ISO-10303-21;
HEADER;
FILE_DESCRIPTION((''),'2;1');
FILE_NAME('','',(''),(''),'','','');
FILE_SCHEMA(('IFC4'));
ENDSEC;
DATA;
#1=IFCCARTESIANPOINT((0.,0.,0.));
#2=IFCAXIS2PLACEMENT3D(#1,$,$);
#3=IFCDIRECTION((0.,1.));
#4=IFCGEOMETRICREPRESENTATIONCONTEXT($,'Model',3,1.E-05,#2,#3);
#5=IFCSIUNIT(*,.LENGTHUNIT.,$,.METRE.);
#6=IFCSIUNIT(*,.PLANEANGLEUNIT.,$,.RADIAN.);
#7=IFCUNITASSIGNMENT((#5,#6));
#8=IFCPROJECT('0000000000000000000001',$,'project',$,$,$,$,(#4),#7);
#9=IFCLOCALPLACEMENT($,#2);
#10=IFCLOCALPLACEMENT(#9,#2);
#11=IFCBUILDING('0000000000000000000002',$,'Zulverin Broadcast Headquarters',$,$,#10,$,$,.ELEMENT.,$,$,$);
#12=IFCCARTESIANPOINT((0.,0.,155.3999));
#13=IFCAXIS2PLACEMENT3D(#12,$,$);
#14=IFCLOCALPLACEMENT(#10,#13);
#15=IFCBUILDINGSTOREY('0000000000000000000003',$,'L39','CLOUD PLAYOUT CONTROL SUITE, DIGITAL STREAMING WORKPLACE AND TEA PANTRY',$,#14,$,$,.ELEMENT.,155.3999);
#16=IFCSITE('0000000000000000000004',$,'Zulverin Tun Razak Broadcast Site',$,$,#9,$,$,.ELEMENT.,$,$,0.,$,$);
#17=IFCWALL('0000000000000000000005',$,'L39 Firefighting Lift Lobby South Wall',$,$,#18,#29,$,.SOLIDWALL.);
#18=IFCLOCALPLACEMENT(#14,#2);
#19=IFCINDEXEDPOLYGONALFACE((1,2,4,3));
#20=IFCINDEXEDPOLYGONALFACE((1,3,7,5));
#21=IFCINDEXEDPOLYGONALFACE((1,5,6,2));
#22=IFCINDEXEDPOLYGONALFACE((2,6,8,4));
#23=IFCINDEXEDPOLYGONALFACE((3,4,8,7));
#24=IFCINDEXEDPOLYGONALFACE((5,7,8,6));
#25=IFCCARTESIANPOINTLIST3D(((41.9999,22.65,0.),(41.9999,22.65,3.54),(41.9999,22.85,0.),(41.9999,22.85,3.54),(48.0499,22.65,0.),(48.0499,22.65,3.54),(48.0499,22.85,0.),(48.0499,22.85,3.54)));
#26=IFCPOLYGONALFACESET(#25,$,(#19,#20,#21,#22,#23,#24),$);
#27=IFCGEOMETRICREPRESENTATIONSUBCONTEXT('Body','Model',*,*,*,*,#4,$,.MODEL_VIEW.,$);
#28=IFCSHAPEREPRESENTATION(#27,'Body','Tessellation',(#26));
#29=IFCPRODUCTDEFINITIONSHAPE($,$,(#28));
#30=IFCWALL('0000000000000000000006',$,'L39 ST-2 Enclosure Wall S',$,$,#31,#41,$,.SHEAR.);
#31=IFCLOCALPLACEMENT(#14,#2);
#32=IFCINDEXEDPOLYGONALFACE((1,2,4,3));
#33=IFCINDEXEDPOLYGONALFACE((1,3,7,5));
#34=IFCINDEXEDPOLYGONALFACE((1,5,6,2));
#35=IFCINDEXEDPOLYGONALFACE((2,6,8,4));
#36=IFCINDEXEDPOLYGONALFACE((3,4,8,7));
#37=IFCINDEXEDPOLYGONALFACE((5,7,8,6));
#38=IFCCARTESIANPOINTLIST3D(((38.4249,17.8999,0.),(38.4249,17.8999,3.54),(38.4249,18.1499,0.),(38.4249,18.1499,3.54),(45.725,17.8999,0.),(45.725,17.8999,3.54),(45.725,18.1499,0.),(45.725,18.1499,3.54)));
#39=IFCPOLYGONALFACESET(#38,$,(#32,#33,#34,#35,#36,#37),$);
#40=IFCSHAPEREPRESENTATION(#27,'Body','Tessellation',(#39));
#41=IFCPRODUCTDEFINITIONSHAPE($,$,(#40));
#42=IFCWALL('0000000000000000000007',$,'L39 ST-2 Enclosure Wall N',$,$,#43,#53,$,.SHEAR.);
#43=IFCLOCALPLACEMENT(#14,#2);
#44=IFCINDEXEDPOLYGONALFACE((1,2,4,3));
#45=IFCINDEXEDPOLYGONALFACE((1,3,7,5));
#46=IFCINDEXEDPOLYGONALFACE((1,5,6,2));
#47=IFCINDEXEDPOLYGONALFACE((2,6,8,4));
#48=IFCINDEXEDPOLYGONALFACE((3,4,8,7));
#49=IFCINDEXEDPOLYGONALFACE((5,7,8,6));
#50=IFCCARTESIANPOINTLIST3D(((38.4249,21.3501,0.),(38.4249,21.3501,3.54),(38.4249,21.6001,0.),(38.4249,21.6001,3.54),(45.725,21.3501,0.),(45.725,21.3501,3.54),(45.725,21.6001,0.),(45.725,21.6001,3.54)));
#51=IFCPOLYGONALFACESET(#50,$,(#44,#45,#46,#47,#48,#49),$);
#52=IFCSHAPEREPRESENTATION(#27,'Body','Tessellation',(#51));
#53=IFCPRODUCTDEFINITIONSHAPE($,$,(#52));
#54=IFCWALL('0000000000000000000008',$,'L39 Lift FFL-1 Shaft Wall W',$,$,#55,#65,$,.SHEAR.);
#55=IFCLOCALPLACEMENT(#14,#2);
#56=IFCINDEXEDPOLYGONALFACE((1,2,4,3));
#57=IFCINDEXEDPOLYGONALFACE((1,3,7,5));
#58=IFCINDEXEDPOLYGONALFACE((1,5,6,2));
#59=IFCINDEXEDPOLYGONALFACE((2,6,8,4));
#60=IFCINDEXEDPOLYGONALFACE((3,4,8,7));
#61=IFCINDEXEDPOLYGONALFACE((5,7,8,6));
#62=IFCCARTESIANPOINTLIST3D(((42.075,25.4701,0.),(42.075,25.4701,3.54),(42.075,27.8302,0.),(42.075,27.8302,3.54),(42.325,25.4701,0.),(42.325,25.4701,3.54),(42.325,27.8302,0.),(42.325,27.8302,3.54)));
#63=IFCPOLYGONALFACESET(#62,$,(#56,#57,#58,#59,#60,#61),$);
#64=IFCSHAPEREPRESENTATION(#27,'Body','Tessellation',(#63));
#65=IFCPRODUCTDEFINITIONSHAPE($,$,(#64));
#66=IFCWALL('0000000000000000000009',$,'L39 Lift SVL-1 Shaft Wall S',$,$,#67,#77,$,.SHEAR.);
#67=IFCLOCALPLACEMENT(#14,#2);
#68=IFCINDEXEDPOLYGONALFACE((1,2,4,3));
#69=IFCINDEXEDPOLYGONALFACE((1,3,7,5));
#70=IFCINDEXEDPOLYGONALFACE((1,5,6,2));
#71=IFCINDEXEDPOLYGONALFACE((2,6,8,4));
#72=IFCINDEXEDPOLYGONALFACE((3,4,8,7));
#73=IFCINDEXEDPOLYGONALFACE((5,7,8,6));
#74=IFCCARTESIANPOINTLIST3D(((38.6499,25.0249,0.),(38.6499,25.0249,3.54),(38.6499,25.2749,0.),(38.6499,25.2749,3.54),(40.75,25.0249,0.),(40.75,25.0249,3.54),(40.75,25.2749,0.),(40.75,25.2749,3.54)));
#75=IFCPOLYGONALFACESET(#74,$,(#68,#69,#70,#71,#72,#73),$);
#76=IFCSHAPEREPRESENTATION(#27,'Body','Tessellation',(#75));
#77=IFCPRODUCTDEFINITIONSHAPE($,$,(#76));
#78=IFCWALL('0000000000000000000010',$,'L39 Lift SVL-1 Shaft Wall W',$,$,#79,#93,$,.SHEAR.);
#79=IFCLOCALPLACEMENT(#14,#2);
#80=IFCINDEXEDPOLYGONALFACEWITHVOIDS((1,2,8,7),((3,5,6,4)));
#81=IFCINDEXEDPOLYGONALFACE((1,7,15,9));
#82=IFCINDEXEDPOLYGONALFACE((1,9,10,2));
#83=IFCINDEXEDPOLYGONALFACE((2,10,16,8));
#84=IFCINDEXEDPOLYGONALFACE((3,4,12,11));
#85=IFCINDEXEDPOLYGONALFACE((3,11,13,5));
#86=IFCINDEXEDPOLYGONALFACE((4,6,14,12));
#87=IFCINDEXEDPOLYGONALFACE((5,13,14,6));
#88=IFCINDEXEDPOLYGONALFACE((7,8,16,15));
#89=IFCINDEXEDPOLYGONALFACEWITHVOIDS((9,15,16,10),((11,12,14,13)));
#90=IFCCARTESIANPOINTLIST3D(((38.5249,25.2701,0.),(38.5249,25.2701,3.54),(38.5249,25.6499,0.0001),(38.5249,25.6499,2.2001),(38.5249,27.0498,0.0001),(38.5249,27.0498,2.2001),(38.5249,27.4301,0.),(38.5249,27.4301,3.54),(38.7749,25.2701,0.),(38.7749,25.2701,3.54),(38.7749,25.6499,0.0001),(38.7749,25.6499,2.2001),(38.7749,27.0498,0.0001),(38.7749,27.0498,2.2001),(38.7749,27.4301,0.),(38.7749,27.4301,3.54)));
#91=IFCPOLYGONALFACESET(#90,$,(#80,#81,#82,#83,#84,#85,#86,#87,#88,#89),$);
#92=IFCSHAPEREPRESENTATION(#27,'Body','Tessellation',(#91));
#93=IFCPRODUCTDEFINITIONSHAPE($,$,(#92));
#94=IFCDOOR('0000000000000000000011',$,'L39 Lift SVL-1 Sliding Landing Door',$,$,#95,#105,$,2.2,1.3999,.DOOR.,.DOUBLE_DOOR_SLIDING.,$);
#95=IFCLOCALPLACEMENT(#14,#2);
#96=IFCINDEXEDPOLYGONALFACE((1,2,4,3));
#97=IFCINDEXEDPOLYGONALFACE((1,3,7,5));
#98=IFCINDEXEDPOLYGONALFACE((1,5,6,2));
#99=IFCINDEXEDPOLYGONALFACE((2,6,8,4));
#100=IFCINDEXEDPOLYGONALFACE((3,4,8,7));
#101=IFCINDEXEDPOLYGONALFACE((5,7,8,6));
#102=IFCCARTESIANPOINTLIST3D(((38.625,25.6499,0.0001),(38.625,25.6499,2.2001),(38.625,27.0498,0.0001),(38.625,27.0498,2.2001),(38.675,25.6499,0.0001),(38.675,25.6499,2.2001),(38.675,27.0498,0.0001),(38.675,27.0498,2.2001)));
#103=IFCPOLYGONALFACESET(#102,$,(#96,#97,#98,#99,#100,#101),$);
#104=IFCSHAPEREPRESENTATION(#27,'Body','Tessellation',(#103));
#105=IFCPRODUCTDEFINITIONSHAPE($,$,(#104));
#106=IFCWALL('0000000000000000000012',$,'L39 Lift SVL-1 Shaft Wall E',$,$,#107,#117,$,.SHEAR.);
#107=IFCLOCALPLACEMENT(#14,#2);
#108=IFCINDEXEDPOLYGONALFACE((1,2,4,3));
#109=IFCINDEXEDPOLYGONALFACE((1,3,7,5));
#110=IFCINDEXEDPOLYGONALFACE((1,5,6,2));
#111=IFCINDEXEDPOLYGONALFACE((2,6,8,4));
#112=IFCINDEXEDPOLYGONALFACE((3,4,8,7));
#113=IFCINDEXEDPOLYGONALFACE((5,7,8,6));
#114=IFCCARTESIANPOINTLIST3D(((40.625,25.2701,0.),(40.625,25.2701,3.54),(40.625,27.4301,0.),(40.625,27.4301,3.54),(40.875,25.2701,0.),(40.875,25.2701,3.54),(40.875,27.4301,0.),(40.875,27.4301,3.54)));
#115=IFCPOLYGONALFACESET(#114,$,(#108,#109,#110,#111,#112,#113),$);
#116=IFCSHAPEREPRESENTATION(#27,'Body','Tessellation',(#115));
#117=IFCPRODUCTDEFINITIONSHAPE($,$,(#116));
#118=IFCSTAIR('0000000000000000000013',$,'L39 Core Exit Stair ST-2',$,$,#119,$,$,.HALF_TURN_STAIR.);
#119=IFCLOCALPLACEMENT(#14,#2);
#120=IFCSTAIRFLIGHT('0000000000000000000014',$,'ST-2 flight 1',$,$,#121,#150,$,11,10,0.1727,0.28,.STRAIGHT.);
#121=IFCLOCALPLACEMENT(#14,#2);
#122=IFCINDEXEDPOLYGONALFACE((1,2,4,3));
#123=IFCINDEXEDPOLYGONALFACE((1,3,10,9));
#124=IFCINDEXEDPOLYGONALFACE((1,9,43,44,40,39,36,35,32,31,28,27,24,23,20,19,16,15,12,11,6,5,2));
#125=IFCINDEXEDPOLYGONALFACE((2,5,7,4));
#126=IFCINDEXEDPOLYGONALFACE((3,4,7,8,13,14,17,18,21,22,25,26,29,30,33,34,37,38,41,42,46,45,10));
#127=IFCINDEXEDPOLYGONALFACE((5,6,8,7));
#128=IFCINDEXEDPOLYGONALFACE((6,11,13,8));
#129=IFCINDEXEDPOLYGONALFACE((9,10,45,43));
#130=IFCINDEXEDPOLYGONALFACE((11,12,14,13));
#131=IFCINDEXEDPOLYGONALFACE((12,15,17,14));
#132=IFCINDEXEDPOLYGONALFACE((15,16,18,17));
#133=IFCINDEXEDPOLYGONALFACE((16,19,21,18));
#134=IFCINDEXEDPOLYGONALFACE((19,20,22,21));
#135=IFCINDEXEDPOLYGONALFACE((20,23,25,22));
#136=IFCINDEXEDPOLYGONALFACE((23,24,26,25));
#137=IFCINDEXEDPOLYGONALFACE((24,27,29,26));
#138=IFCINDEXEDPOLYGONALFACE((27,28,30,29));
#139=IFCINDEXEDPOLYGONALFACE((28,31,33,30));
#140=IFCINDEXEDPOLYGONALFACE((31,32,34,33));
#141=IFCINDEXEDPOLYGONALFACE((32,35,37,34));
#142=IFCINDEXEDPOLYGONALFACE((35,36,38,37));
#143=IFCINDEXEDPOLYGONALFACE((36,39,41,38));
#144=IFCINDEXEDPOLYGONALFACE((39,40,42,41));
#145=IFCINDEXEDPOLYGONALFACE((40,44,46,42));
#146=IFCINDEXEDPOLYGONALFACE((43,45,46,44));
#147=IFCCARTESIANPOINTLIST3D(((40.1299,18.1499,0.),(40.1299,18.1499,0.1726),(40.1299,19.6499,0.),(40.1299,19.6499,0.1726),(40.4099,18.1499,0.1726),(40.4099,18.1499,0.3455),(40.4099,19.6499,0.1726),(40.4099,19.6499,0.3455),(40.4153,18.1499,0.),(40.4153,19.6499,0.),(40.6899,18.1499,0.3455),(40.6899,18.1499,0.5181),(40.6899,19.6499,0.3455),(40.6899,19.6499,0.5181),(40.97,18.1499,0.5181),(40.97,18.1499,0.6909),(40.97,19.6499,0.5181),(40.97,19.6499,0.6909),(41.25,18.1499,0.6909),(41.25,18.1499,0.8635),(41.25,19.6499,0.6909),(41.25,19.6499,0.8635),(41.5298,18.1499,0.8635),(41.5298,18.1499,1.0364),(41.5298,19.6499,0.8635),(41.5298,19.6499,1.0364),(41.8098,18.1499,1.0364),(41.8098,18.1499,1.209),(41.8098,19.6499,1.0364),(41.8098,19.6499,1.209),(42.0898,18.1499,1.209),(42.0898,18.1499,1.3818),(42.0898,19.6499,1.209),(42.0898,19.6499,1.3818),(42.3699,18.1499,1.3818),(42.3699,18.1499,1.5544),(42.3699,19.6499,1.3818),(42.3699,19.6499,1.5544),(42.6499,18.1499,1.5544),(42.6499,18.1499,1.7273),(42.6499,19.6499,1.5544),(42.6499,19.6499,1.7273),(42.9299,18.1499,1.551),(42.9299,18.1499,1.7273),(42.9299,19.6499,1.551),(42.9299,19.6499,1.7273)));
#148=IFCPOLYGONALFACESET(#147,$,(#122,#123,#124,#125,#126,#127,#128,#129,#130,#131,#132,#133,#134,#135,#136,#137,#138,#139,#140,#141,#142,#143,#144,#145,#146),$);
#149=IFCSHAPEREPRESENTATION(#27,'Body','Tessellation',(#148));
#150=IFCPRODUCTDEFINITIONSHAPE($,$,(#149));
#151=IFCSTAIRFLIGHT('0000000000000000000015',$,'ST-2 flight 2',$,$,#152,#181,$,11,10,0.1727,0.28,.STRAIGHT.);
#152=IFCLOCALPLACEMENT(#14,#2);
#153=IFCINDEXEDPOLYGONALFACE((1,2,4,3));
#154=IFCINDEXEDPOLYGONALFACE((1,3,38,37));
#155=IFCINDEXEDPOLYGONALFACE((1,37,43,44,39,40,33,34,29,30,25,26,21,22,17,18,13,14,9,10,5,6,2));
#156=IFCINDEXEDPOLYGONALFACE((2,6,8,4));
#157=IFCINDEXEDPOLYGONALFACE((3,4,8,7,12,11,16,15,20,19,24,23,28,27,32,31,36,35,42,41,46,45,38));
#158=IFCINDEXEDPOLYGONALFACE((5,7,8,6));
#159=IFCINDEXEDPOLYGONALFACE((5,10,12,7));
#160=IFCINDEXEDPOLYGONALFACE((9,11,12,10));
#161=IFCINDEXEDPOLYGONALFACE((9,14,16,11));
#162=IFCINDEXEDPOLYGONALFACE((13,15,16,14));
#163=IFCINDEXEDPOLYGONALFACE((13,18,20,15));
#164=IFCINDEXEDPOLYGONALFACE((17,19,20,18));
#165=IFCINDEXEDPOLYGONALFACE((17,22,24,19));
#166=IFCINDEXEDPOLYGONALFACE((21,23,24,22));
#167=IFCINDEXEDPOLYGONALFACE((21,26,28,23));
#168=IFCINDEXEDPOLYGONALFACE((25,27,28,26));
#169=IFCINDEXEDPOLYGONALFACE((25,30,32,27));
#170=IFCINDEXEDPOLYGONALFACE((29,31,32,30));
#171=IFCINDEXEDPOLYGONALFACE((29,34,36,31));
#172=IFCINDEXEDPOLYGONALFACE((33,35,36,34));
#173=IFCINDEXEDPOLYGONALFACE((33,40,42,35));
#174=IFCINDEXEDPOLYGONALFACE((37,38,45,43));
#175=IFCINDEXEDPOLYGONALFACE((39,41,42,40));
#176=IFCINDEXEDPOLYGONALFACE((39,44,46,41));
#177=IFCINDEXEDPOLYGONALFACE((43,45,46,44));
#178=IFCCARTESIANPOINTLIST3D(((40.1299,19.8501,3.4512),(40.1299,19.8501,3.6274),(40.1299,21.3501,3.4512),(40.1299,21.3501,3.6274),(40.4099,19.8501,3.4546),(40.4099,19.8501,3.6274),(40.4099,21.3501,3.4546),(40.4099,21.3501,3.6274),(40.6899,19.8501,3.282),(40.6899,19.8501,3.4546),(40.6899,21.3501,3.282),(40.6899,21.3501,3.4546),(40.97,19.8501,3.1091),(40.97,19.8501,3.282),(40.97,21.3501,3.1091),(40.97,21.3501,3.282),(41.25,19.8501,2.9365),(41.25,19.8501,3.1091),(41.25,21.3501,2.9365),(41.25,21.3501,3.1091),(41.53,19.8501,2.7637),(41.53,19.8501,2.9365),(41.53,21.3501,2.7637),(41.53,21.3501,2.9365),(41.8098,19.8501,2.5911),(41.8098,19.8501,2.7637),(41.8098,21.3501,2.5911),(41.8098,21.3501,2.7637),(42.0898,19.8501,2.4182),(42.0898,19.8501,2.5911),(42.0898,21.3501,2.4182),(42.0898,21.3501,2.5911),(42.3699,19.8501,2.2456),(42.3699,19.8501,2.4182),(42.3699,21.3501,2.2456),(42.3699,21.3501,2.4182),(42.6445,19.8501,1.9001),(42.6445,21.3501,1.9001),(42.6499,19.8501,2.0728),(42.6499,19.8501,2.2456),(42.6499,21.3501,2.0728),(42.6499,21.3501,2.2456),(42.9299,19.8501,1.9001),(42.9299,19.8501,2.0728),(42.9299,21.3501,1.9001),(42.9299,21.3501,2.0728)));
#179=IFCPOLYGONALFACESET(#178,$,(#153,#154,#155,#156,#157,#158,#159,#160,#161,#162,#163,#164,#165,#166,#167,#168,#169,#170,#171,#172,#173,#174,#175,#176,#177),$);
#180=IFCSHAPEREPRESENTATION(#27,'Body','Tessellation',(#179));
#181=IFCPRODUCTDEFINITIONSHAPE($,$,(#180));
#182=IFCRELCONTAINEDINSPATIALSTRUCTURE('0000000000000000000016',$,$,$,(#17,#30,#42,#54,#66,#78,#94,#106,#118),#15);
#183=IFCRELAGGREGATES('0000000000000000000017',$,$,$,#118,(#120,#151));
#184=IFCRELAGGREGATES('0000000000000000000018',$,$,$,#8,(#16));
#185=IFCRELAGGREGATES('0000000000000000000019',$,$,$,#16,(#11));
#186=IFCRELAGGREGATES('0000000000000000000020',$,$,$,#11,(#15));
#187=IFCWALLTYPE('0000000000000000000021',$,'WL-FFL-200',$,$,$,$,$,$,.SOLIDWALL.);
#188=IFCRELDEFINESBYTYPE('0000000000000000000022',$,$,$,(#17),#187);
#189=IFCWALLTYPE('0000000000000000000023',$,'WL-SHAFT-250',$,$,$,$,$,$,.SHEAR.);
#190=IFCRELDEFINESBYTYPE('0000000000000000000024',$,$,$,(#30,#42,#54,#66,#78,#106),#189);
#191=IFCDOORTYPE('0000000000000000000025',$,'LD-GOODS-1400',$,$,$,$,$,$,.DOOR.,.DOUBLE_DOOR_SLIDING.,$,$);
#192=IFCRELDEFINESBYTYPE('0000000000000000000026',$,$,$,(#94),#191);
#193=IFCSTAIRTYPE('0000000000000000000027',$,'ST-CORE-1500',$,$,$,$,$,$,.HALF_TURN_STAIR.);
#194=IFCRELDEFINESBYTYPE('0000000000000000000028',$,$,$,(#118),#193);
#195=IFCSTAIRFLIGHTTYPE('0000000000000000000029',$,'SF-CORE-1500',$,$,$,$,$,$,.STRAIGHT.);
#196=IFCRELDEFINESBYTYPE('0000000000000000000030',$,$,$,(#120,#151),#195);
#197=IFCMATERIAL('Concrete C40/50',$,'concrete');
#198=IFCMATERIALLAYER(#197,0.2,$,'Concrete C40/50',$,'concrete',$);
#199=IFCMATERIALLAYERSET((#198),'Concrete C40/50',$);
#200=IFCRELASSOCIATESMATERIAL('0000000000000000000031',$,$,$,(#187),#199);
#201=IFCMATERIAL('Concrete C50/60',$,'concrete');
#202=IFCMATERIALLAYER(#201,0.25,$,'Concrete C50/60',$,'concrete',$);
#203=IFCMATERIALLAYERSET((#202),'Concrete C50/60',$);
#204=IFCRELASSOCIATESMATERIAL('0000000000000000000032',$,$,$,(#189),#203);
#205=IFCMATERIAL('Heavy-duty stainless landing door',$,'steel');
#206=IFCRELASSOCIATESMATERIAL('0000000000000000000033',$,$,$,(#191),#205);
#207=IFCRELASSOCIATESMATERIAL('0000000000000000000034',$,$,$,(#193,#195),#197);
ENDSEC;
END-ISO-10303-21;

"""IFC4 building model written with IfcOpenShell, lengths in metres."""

from ifc_helpers import new_model, si_unit, direction, frame, frame_2d, origin, place, context, subcontext, project, spatial, polyline, rectangle, outline, extrude, material, layer, layer_set, type_object, element, fill, aggregate, save


model = new_model("IFC4")

# Units and contexts
model_context = context("Model", 3, precision=1e-05, world=origin(), true_north=direction((0.0, 1.0)))
body_context = subcontext(model_context, "Body", "Model", "MODEL_VIEW")
ifc_project = project(units=[si_unit("LENGTHUNIT", "METRE"), si_unit("PLANEANGLEUNIT", "RADIAN")], contexts=[model_context])

# Site, building, storey
site_placement = place(None, origin())
site = spatial("IfcSite", under=ifc_project, at=site_placement, Name="Zulverin Tun Razak Broadcast Site", CompositionType="ELEMENT", RefElevation=0.0)
building_placement = place(site_placement, origin())
building = spatial("IfcBuilding", under=site, at=building_placement, Name="Zulverin Broadcast Headquarters", CompositionType="ELEMENT")
storey_placement = place(building_placement, frame((0.0, 0.0, 155.3999)))
storey = spatial("IfcBuildingStorey", under=building, at=storey_placement, Name="L39", Description="CLOUD PLAYOUT CONTROL SUITE, DIGITAL STREAMING WORKPLACE AND TEA PANTRY", CompositionType="ELEMENT", Elevation=155.3999)

# Shared definitions
ifc_material_1 = material(Name="Concrete C40/50", Category="concrete")
ifc_layer_1 = layer(ifc_material_1, 0.2, Name="Concrete C40/50", Category="concrete")
ifc_layer_set_1 = layer_set([ifc_layer_1], Name="Concrete C40/50")
wall_type_1 = type_object("IfcWallType", Name="WL-FFL-200", PredefinedType="SOLIDWALL", material=ifc_layer_set_1)

# Walls
wall_1_placement = place(storey_placement, frame((42.0, 22.75, 0.0), z_axis=(0.0, 0.0, 1.0), x_axis=(1.0, 0.0, 0.0)))
element("IfcWall", 1, at=wall_1_placement, inside=storey, type_object=wall_type_1, Name="L39 Firefighting Lift Lobby South Wall", PredefinedType="SOLIDWALL", context=body_context, shape_type="SweptSolid", body=[
    extrude(rectangle(XDim=6.05, YDim=0.2, at=frame_2d((3.0249, 0.0))), origin(), (0.0, 0.0, 1.0), 3.54),
])
ifc_material_2 = material(Name="Concrete C50/60", Category="concrete")
ifc_layer_2 = layer(ifc_material_2, 0.25, Name="Concrete C50/60", Category="concrete")
ifc_layer_set_2 = layer_set([ifc_layer_2], Name="Concrete C50/60")
wall_type_2 = type_object("IfcWallType", Name="WL-SHAFT-250", PredefinedType="SHEAR", material=ifc_layer_set_2)
for number, where, z_axis, x_axis, name in (
    (2, (38.425, 18.0249, 0.0), (0.0, 0.0, 1.0), (1.0, 0.0, 0.0), "L39 ST-2 Enclosure Wall S"),
    (3, (38.425, 21.4751, 0.0), (0.0, 0.0, 1.0), (1.0, 0.0, 0.0), "L39 ST-2 Enclosure Wall N"),
):
    element("IfcWall", number, at=place(storey_placement, frame(where, z_axis=z_axis, x_axis=x_axis)), inside=storey, type_object=wall_type_2, Name=name, PredefinedType="SHEAR", context=body_context, shape_type="SweptSolid", body=[
        extrude(rectangle(XDim=7.3, YDim=0.25, at=frame_2d((3.6499, 0.0))), origin(), (0.0, 0.0, 1.0), 3.54),
    ])

# Walls
wall_2_placement = place(storey_placement, frame((42.2, 25.47, 0.0), z_axis=(0.0, 0.0, 1.0), x_axis=(0.0, 1.0, 0.0)))
element("IfcWall", 4, at=wall_2_placement, inside=storey, type_object=wall_type_2, Name="L39 Lift FFL-1 Shaft Wall W", PredefinedType="SHEAR", context=body_context, shape_type="SweptSolid", body=[
    extrude(rectangle(XDim=2.3601, YDim=0.25, at=frame_2d((1.1802, 0.0))), origin(), (0.0, 0.0, 1.0), 3.54),
])
wall_3_placement = place(storey_placement, frame((38.6499, 25.1499, 0.0), z_axis=(0.0, 0.0, 1.0), x_axis=(1.0, 0.0, 0.0)))
element("IfcWall", 5, at=wall_3_placement, inside=storey, type_object=wall_type_2, Name="L39 Lift SVL-1 Shaft Wall S", PredefinedType="SHEAR", context=body_context, shape_type="SweptSolid", body=[
    extrude(rectangle(XDim=2.1001, YDim=0.25, at=frame_2d((1.05, 0.0))), origin(), (0.0, 0.0, 1.0), 3.54),
])

# Wall, opening, door
wall_4_placement = place(storey_placement, frame((38.6499, 25.27, 0.0), z_axis=(0.0, 0.0, 1.0), x_axis=(0.0, 1.0, 0.0)))
wall_4 = element("IfcWall", 6, at=wall_4_placement, inside=storey, type_object=wall_type_2, Name="L39 Lift SVL-1 Shaft Wall W", PredefinedType="SHEAR", context=body_context, shape_type="SweptSolid", body=[
    extrude(rectangle(XDim=2.1599, YDim=0.25, at=frame_2d((1.0801, 0.0))), origin(), (0.0, 0.0, 1.0), 3.54),
])
opening_1_placement = place(wall_4_placement, frame((0.3799, 0.0, 0.0)))
opening_1 = element("IfcOpeningElement", 7, at=opening_1_placement, cuts=wall_4, PredefinedType="OPENING", context=body_context, shape_type="SweptSolid", body=[
    extrude(rectangle(XDim=1.3999, YDim=2.2, at=frame_2d((0.7, 1.1001))), frame((0.0, 0.135, 0.0), z_axis=(0.0, -1.0, 0.0), x_axis=(1.0, 0.0, 0.0)), (0.0, 0.0, 1.0), 0.27),
])
ifc_material_3 = material(Name="Heavy-duty stainless landing door", Category="steel")
door_type_1 = type_object("IfcDoorType", Name="LD-GOODS-1400", OperationType="DOUBLE_DOOR_SLIDING", PredefinedType="DOOR", material=ifc_material_3)
door_1_placement = place(opening_1_placement, origin())
door_1 = element("IfcDoor", 8, at=door_1_placement, inside=storey, type_object=door_type_1, Name="L39 Lift SVL-1 Sliding Landing Door", OperationType="DOUBLE_DOOR_SLIDING", OverallHeight=2.2, OverallWidth=1.3999, PredefinedType="DOOR", context=body_context, shape_type="SweptSolid", body=[
    extrude(rectangle(XDim=1.3999, YDim=2.2, at=frame_2d((0.7, 1.1001))), frame((0.0, 0.0249, 0.0), z_axis=(0.0, -1.0, 0.0), x_axis=(1.0, 0.0, 0.0)), (0.0, 0.0, 1.0), 0.05),
])
fill(opening_1, door_1)

# Wall
wall_5_placement = place(storey_placement, frame((40.75, 25.27, 0.0), z_axis=(0.0, 0.0, 1.0), x_axis=(0.0, 1.0, 0.0)))
element("IfcWall", 9, at=wall_5_placement, inside=storey, type_object=wall_type_2, Name="L39 Lift SVL-1 Shaft Wall E", PredefinedType="SHEAR", context=body_context, shape_type="SweptSolid", body=[
    extrude(rectangle(XDim=2.1599, YDim=0.25, at=frame_2d((1.0801, 0.0))), origin(), (0.0, 0.0, 1.0), 3.54),
])

# Stair, stair flights
stair_type = type_object("IfcStairType", Name="ST-CORE-1500", PredefinedType="HALF_TURN_STAIR", material=ifc_material_1)
stair_placement = place(storey_placement, origin())
stair = element("IfcStair", 10, at=stair_placement, inside=storey, type_object=stair_type, Name="L39 Core Exit Stair ST-2", PredefinedType="HALF_TURN_STAIR")
stair_flight_type = type_object("IfcStairFlightType", Name="SF-CORE-1500", PredefinedType="STRAIGHT", material=ifc_material_1)
stair_flight_1_placement = place(storey_placement, frame((40.1299, 18.8999, 0.0), z_axis=(0.0, 0.0, 1.0), x_axis=(1.0, 0.0, 0.0)))
stair_flight_1 = element("IfcStairFlight", 11, at=stair_flight_1_placement, type_object=stair_flight_type, Name="ST-2 flight 1", NumberOfRisers=11, NumberOfTreads=10, PredefinedType="STRAIGHT", RiserHeight=0.1727, TreadLength=0.28, context=body_context, shape_type="SweptSolid", body=[
    extrude(outline(polyline([(0.0, 0.0), (0.0, 0.1726), (0.28, 0.1726), (0.28, 0.3455), (0.5601, 0.3455), (0.5601, 0.5181), (0.8401, 0.5181), (0.8401, 0.6909), (1.1201, 0.6909), (1.1201, 0.8635), (1.3999, 0.8635), (1.3999, 1.0364), (1.6799, 1.0364), (1.6799, 1.209), (1.96, 1.209), (1.96, 1.3818), (2.24, 1.3818), (2.24, 1.5544), (2.52, 1.5544), (2.52, 1.7273), (2.8, 1.7273), (2.8, 1.8999), (2.8, 1.551), (0.2854, 0.0), (0.0, 0.0)])), frame((0.0, 0.75, 0.0), z_axis=(0.0, -1.0, 0.0), x_axis=(1.0, 0.0, 0.0)), (0.0, 0.0, 1.0), 1.5),
])
stair_flight_2_placement = place(storey_placement, frame((42.9299, 20.6001, 1.9001), z_axis=(0.0, 0.0, 1.0), x_axis=(-1.0, 0.0, 0.0)))
stair_flight_2 = element("IfcStairFlight", 12, at=stair_flight_2_placement, type_object=stair_flight_type, Name="ST-2 flight 2", NumberOfRisers=11, NumberOfTreads=10, PredefinedType="STRAIGHT", RiserHeight=0.1727, TreadLength=0.28, context=body_context, shape_type="SweptSolid", body=[
    extrude(outline(polyline([(0.0, 0.0), (0.0, 0.1726), (0.28, 0.1726), (0.28, 0.3455), (0.5601, 0.3455), (0.5601, 0.5181), (0.8401, 0.5181), (0.8401, 0.6909), (1.1201, 0.6909), (1.1201, 0.8635), (1.3999, 0.8635), (1.3999, 1.0364), (1.6799, 1.0364), (1.6799, 1.209), (1.96, 1.209), (1.96, 1.3818), (2.24, 1.3818), (2.24, 1.5544), (2.52, 1.5544), (2.52, 1.7273), (2.8, 1.7273), (2.8, 1.8999), (2.8, 1.551), (0.2854, 0.0), (0.0, 0.0)])), frame((0.0, 0.75, 0.0), z_axis=(0.0, -1.0, 0.0), x_axis=(1.0, 0.0, 0.0)), (0.0, 0.0, 1.0), 1.5),
])
aggregate(stair, [stair_flight_1, stair_flight_2])

save(model, "model.ifc")
